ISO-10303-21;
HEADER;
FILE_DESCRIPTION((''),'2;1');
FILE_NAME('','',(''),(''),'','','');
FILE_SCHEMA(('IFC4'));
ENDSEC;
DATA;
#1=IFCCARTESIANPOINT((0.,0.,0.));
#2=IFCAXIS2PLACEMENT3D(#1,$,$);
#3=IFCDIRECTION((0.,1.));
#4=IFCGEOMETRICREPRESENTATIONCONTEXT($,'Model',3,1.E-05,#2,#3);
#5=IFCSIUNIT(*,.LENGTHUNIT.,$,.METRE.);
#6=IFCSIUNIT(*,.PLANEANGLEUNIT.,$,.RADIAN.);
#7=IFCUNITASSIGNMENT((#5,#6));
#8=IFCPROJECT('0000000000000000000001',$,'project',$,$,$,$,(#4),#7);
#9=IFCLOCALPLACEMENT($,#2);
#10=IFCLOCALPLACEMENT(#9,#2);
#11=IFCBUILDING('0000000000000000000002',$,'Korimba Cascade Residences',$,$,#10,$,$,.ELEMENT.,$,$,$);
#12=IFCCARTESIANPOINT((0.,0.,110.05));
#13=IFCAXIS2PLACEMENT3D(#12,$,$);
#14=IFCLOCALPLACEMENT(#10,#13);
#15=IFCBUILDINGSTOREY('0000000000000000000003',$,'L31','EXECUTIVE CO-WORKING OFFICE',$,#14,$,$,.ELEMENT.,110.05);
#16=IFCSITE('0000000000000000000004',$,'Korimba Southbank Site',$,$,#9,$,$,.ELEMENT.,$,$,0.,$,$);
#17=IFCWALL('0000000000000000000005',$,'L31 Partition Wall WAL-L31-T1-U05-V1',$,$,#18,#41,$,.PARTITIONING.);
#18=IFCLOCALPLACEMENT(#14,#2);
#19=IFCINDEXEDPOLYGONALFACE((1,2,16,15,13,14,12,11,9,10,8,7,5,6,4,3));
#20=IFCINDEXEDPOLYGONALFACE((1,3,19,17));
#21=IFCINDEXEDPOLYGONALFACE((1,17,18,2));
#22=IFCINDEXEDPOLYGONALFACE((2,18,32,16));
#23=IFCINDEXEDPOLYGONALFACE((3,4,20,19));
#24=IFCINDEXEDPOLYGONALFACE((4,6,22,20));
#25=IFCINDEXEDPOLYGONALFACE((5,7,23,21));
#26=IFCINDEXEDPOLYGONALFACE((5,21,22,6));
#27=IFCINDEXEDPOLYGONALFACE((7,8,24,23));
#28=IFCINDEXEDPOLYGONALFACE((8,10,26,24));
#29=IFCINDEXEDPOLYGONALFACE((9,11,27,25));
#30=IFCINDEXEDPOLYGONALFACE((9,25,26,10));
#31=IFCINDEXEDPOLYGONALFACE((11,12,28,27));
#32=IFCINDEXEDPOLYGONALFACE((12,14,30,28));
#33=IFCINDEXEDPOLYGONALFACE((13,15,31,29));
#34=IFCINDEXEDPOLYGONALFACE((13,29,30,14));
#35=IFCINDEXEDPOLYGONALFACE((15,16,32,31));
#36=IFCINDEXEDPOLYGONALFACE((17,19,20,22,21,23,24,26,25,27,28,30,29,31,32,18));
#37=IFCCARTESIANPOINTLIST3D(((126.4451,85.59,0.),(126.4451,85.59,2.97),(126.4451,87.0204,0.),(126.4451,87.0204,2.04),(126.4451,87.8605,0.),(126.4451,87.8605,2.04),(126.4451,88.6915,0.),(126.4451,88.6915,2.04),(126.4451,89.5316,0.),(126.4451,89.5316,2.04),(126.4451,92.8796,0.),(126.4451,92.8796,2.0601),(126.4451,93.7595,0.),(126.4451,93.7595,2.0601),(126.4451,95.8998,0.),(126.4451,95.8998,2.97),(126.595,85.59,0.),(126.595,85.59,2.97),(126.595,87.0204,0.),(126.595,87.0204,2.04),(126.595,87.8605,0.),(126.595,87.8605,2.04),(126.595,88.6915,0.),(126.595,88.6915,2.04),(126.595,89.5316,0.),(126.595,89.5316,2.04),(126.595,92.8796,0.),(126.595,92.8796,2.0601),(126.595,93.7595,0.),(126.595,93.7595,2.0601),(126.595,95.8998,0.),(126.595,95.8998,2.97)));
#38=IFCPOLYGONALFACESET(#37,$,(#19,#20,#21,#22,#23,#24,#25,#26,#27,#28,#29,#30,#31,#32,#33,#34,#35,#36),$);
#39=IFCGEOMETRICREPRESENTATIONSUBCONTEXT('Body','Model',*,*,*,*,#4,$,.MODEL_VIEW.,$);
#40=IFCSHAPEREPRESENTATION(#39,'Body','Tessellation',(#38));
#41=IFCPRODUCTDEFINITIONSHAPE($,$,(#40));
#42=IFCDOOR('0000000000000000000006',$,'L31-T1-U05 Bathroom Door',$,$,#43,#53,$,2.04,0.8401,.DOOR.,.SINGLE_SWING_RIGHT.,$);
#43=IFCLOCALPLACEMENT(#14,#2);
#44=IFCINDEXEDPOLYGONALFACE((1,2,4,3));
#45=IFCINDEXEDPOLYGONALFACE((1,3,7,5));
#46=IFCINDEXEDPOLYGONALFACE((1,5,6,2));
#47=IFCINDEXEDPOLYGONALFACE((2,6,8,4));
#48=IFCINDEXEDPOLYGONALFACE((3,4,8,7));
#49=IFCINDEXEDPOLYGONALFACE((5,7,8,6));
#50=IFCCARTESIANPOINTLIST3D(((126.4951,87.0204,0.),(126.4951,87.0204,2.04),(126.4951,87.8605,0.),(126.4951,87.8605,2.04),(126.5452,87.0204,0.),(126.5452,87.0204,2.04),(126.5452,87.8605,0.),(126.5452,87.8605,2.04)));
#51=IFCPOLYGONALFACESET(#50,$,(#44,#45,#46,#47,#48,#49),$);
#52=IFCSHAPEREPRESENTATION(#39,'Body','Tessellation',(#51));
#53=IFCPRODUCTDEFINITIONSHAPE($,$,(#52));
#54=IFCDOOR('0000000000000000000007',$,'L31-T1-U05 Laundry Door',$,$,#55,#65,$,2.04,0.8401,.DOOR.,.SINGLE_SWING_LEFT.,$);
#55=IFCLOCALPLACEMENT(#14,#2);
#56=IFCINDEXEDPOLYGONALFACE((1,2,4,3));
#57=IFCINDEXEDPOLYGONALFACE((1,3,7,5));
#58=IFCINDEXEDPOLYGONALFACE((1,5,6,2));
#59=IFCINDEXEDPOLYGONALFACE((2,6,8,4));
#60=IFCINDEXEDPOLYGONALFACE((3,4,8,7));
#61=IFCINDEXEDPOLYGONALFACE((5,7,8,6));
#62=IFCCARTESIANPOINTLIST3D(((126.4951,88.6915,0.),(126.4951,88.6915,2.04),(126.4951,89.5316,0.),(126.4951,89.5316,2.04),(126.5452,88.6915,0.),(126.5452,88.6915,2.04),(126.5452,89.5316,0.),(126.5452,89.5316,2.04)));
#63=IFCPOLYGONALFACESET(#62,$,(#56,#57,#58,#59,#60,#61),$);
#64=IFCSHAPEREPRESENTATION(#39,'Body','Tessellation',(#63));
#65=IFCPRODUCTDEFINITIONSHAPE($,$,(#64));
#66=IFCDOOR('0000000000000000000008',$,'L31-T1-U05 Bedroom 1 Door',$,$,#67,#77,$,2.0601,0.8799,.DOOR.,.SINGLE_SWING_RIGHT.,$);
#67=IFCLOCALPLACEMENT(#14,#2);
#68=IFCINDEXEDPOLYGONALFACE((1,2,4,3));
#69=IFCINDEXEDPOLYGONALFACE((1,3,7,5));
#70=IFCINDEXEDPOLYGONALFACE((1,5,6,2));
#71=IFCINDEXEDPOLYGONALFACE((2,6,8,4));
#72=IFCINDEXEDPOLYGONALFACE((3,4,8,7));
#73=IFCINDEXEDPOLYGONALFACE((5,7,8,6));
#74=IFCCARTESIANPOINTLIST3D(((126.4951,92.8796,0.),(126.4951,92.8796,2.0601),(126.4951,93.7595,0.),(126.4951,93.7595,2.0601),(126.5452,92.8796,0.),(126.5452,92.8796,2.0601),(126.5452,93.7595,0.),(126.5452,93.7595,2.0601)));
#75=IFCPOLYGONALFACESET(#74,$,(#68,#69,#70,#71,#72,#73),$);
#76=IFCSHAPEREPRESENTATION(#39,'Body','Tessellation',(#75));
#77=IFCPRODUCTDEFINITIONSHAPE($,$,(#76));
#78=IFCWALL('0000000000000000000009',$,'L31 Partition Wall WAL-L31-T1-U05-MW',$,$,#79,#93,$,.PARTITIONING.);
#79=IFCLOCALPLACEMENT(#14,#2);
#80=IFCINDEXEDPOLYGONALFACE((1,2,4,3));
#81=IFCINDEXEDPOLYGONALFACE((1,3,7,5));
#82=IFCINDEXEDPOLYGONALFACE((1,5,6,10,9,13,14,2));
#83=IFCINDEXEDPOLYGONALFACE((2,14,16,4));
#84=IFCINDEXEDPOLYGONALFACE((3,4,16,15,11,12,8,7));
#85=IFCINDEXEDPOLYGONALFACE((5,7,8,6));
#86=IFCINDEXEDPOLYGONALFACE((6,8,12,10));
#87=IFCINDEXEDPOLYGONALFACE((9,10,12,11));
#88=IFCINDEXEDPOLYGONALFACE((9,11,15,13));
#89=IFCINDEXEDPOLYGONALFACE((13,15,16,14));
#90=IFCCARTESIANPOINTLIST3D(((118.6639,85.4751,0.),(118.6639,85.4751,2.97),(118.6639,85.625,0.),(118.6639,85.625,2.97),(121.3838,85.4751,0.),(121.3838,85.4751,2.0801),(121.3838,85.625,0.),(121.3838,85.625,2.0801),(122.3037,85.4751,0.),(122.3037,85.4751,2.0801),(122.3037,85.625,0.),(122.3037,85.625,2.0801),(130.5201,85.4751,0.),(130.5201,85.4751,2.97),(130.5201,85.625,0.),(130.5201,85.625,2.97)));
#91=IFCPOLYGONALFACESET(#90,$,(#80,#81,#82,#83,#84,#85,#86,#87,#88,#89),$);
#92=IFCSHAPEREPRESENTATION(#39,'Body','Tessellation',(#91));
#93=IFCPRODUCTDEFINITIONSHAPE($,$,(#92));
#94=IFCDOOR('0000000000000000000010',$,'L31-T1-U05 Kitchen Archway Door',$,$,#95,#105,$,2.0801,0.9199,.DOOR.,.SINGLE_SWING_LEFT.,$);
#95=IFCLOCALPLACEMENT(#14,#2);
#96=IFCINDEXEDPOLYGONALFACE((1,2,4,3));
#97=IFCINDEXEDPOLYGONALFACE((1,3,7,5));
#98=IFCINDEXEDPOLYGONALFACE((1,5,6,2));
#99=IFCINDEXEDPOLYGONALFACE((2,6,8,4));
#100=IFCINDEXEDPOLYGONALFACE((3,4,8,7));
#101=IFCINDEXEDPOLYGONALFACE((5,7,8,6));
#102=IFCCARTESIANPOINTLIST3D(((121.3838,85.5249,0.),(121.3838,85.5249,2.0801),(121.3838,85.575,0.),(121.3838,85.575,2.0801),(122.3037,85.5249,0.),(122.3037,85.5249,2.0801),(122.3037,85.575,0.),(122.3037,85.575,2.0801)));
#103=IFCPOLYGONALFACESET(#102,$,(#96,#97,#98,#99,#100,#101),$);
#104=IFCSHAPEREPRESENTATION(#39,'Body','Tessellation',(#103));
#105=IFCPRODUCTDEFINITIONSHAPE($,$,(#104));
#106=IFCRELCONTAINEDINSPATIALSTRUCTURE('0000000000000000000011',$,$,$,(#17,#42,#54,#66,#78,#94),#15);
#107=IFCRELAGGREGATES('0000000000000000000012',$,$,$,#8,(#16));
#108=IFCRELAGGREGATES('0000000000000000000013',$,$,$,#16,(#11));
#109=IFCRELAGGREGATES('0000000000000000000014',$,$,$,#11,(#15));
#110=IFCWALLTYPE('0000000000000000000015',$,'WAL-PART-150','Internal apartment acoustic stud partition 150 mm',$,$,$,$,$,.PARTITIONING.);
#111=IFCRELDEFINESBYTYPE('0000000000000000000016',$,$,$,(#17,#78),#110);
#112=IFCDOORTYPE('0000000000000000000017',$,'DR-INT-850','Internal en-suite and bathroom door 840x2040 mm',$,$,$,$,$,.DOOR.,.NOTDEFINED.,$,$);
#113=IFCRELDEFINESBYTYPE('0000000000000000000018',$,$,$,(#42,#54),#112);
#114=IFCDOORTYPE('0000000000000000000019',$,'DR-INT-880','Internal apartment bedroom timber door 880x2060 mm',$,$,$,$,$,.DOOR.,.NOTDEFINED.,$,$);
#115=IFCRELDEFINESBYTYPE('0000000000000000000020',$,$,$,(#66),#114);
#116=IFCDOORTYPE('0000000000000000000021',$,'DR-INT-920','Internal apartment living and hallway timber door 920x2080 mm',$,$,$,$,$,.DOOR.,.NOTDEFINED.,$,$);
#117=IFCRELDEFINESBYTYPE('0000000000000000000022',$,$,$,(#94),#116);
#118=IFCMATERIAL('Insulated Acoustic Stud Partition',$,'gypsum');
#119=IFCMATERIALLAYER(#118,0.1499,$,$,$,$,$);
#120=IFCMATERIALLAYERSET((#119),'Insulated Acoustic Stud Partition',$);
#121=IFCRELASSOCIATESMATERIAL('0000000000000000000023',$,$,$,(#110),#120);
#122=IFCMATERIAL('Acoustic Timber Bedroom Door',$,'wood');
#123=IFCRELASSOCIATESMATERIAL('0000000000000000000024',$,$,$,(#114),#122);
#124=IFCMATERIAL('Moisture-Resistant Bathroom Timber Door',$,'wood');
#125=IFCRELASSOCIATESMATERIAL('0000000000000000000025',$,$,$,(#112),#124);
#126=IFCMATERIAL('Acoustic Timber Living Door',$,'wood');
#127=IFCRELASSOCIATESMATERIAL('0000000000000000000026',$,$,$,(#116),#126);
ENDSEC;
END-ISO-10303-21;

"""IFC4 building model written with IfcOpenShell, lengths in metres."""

from ifc_helpers import new_model, si_unit, direction, frame, frame_2d, origin, place, context, subcontext, project, spatial, rectangle, extrude, material, layer, layer_set, type_object, element, fill, save


model = new_model("IFC4")

# Units and contexts
model_context = context("Model", 3, precision=1e-05, world=origin(), true_north=direction((0.0, 1.0)))
body_context = subcontext(model_context, "Body", "Model", "MODEL_VIEW")
ifc_project = project(units=[si_unit("LENGTHUNIT", "METRE"), si_unit("PLANEANGLEUNIT", "RADIAN")], contexts=[model_context])

# Site, building, storey
site_placement = place(None, origin())
site = spatial("IfcSite", under=ifc_project, at=site_placement, Name="Korimba Southbank Site", CompositionType="ELEMENT", RefElevation=0.0)
building_placement = place(site_placement, origin())
building = spatial("IfcBuilding", under=site, at=building_placement, Name="Korimba Cascade Residences", CompositionType="ELEMENT")
storey_placement = place(building_placement, frame((0.0, 0.0, 110.05)))
storey = spatial("IfcBuildingStorey", under=building, at=storey_placement, Name="L31", Description="EXECUTIVE CO-WORKING OFFICE", CompositionType="ELEMENT", Elevation=110.05)

# Shared definitions
ifc_material_1 = material(Name="Insulated Acoustic Stud Partition", Category="gypsum")
ifc_layer_1 = layer(ifc_material_1, 0.1499)
ifc_layer_set_1 = layer_set([ifc_layer_1], Name="Insulated Acoustic Stud Partition")
wall_type_1 = type_object("IfcWallType", Name="WAL-PART-150", Description="Internal apartment acoustic stud partition 150 mm", PredefinedType="PARTITIONING", material=ifc_layer_set_1)
ifc_material_2 = material(Name="Acoustic Timber Bedroom Door", Category="wood")
door_type_1 = type_object("IfcDoorType", Name="DR-INT-880", Description="Internal apartment bedroom timber door 880x2060 mm", OperationType="NOTDEFINED", PredefinedType="DOOR", material=ifc_material_2)

# Wall, openings, doors
wall_1_placement = place(storey_placement, frame((126.52, 85.5901, 0.0), z_axis=(0.0, 0.0, 1.0), x_axis=(0.0, 1.0, 0.0)))
wall_1 = element("IfcWall", 1, at=wall_1_placement, inside=storey, type_object=wall_type_1, Name="L31 Partition Wall WAL-L31-T1-U05-V1", PredefinedType="PARTITIONING", context=body_context, shape_type="SweptSolid", body=[
    extrude(rectangle(XDim=10.3098, YDim=0.1499, at=frame_2d((5.1548, 0.0))), origin(), (0.0, 0.0, 1.0), 2.97),
])
opening_1_placement = place(wall_1_placement, frame((1.4304, 0.0, 0.0)))
opening_1 = element("IfcOpeningElement", 2, at=opening_1_placement, cuts=wall_1, PredefinedType="OPENING", context=body_context, shape_type="SweptSolid", body=[
    extrude(rectangle(XDim=0.8401, YDim=2.04, at=frame_2d((0.4199, 1.02))), frame((0.0, 0.085, 0.0), z_axis=(0.0, -1.0, 0.0), x_axis=(1.0, 0.0, 0.0)), (0.0, 0.0, 1.0), 0.1699),
])
opening_2_placement = place(wall_1_placement, frame((3.1016, 0.0, 0.0)))
opening_2 = element("IfcOpeningElement", 3, at=opening_2_placement, cuts=wall_1, PredefinedType="OPENING", context=body_context, shape_type="SweptSolid", body=[
    extrude(rectangle(XDim=0.8401, YDim=2.04, at=frame_2d((0.4199, 1.02))), frame((0.0, 0.085, 0.0), z_axis=(0.0, -1.0, 0.0), x_axis=(1.0, 0.0, 0.0)), (0.0, 0.0, 1.0), 0.1699),
])
opening_3_placement = place(wall_1_placement, frame((7.2896, 0.0, 0.0)))
opening_3 = element("IfcOpeningElement", 4, at=opening_3_placement, cuts=wall_1, PredefinedType="OPENING", context=body_context, shape_type="SweptSolid", body=[
    extrude(rectangle(XDim=0.8799, YDim=2.0601, at=frame_2d((0.4399, 1.03))), frame((0.0, 0.085, 0.0), z_axis=(0.0, -1.0, 0.0), x_axis=(1.0, 0.0, 0.0)), (0.0, 0.0, 1.0), 0.1699),
])
ifc_material_3 = material(Name="Moisture-Resistant Bathroom Timber Door", Category="wood")
door_type_2 = type_object("IfcDoorType", Name="DR-INT-850", Description="Internal en-suite and bathroom door 840x2040 mm", OperationType="NOTDEFINED", PredefinedType="DOOR", material=ifc_material_3)
door_1_placement = place(opening_1_placement, origin())
door_1 = element("IfcDoor", 5, at=door_1_placement, inside=storey, type_object=door_type_2, Name="L31-T1-U05 Bathroom Door", OperationType="SINGLE_SWING_RIGHT", OverallHeight=2.04, OverallWidth=0.8401, PredefinedType="DOOR", context=body_context, shape_type="SweptSolid", body=[
    extrude(rectangle(XDim=0.8401, YDim=2.04, at=frame_2d((0.4199, 1.02))), frame((0.0, 0.0249, 0.0), z_axis=(0.0, -1.0, 0.0), x_axis=(1.0, 0.0, 0.0)), (0.0, 0.0, 1.0), 0.05),
])
fill(opening_1, door_1)
door_2_placement = place(opening_2_placement, origin())
door_2 = element("IfcDoor", 6, at=door_2_placement, inside=storey, type_object=door_type_2, Name="L31-T1-U05 Laundry Door", OperationType="SINGLE_SWING_LEFT", OverallHeight=2.04, OverallWidth=0.8401, PredefinedType="DOOR", context=body_context, shape_type="SweptSolid", body=[
    extrude(rectangle(XDim=0.8401, YDim=2.04, at=frame_2d((0.4199, 1.02))), frame((0.0, 0.0249, 0.0), z_axis=(0.0, -1.0, 0.0), x_axis=(1.0, 0.0, 0.0)), (0.0, 0.0, 1.0), 0.05),
])
fill(opening_2, door_2)
door_3_placement = place(opening_3_placement, origin())
door_3 = element("IfcDoor", 7, at=door_3_placement, inside=storey, type_object=door_type_1, Name="L31-T1-U05 Bedroom 1 Door", OperationType="SINGLE_SWING_RIGHT", OverallHeight=2.0601, OverallWidth=0.8799, PredefinedType="DOOR", context=body_context, shape_type="SweptSolid", body=[
    extrude(rectangle(XDim=0.8799, YDim=2.0601, at=frame_2d((0.4399, 1.03))), frame((0.0, 0.0249, 0.0), z_axis=(0.0, -1.0, 0.0), x_axis=(1.0, 0.0, 0.0)), (0.0, 0.0, 1.0), 0.05),
])
fill(opening_3, door_3)

# Wall, opening, door
wall_2_placement = place(storey_placement, frame((118.6638, 85.55, 0.0), z_axis=(0.0, 0.0, 1.0), x_axis=(1.0, 0.0, 0.0)))
wall_2 = element("IfcWall", 8, at=wall_2_placement, inside=storey, type_object=wall_type_1, Name="L31 Partition Wall WAL-L31-T1-U05-MW", PredefinedType="PARTITIONING", context=body_context, shape_type="SweptSolid", body=[
    extrude(rectangle(XDim=11.8562, YDim=0.1499, at=frame_2d((5.9282, 0.0))), origin(), (0.0, 0.0, 1.0), 2.97),
])
opening_4_placement = place(wall_2_placement, frame((2.72, 0.0, 0.0)))
opening_4 = element("IfcOpeningElement", 9, at=opening_4_placement, cuts=wall_2, PredefinedType="OPENING", context=body_context, shape_type="SweptSolid", body=[
    extrude(rectangle(XDim=0.9199, YDim=2.0801, at=frame_2d((0.46, 1.04))), frame((0.0, 0.085, 0.0), z_axis=(0.0, -1.0, 0.0), x_axis=(1.0, 0.0, 0.0)), (0.0, 0.0, 1.0), 0.1699),
])
ifc_material_4 = material(Name="Acoustic Timber Living Door", Category="wood")
door_type_3 = type_object("IfcDoorType", Name="DR-INT-920", Description="Internal apartment living and hallway timber door 920x2080 mm", OperationType="NOTDEFINED", PredefinedType="DOOR", material=ifc_material_4)
door_4_placement = place(opening_4_placement, origin())
door_4 = element("IfcDoor", 10, at=door_4_placement, inside=storey, type_object=door_type_3, Name="L31-T1-U05 Kitchen Archway Door", OperationType="SINGLE_SWING_LEFT", OverallHeight=2.0801, OverallWidth=0.9199, PredefinedType="DOOR", context=body_context, shape_type="SweptSolid", body=[
    extrude(rectangle(XDim=0.9199, YDim=2.0801, at=frame_2d((0.46, 1.04))), frame((0.0, 0.0249, 0.0), z_axis=(0.0, -1.0, 0.0), x_axis=(1.0, 0.0, 0.0)), (0.0, 0.0, 1.0), 0.05),
])
fill(opening_4, door_4)

save(model, "model.ifc")
